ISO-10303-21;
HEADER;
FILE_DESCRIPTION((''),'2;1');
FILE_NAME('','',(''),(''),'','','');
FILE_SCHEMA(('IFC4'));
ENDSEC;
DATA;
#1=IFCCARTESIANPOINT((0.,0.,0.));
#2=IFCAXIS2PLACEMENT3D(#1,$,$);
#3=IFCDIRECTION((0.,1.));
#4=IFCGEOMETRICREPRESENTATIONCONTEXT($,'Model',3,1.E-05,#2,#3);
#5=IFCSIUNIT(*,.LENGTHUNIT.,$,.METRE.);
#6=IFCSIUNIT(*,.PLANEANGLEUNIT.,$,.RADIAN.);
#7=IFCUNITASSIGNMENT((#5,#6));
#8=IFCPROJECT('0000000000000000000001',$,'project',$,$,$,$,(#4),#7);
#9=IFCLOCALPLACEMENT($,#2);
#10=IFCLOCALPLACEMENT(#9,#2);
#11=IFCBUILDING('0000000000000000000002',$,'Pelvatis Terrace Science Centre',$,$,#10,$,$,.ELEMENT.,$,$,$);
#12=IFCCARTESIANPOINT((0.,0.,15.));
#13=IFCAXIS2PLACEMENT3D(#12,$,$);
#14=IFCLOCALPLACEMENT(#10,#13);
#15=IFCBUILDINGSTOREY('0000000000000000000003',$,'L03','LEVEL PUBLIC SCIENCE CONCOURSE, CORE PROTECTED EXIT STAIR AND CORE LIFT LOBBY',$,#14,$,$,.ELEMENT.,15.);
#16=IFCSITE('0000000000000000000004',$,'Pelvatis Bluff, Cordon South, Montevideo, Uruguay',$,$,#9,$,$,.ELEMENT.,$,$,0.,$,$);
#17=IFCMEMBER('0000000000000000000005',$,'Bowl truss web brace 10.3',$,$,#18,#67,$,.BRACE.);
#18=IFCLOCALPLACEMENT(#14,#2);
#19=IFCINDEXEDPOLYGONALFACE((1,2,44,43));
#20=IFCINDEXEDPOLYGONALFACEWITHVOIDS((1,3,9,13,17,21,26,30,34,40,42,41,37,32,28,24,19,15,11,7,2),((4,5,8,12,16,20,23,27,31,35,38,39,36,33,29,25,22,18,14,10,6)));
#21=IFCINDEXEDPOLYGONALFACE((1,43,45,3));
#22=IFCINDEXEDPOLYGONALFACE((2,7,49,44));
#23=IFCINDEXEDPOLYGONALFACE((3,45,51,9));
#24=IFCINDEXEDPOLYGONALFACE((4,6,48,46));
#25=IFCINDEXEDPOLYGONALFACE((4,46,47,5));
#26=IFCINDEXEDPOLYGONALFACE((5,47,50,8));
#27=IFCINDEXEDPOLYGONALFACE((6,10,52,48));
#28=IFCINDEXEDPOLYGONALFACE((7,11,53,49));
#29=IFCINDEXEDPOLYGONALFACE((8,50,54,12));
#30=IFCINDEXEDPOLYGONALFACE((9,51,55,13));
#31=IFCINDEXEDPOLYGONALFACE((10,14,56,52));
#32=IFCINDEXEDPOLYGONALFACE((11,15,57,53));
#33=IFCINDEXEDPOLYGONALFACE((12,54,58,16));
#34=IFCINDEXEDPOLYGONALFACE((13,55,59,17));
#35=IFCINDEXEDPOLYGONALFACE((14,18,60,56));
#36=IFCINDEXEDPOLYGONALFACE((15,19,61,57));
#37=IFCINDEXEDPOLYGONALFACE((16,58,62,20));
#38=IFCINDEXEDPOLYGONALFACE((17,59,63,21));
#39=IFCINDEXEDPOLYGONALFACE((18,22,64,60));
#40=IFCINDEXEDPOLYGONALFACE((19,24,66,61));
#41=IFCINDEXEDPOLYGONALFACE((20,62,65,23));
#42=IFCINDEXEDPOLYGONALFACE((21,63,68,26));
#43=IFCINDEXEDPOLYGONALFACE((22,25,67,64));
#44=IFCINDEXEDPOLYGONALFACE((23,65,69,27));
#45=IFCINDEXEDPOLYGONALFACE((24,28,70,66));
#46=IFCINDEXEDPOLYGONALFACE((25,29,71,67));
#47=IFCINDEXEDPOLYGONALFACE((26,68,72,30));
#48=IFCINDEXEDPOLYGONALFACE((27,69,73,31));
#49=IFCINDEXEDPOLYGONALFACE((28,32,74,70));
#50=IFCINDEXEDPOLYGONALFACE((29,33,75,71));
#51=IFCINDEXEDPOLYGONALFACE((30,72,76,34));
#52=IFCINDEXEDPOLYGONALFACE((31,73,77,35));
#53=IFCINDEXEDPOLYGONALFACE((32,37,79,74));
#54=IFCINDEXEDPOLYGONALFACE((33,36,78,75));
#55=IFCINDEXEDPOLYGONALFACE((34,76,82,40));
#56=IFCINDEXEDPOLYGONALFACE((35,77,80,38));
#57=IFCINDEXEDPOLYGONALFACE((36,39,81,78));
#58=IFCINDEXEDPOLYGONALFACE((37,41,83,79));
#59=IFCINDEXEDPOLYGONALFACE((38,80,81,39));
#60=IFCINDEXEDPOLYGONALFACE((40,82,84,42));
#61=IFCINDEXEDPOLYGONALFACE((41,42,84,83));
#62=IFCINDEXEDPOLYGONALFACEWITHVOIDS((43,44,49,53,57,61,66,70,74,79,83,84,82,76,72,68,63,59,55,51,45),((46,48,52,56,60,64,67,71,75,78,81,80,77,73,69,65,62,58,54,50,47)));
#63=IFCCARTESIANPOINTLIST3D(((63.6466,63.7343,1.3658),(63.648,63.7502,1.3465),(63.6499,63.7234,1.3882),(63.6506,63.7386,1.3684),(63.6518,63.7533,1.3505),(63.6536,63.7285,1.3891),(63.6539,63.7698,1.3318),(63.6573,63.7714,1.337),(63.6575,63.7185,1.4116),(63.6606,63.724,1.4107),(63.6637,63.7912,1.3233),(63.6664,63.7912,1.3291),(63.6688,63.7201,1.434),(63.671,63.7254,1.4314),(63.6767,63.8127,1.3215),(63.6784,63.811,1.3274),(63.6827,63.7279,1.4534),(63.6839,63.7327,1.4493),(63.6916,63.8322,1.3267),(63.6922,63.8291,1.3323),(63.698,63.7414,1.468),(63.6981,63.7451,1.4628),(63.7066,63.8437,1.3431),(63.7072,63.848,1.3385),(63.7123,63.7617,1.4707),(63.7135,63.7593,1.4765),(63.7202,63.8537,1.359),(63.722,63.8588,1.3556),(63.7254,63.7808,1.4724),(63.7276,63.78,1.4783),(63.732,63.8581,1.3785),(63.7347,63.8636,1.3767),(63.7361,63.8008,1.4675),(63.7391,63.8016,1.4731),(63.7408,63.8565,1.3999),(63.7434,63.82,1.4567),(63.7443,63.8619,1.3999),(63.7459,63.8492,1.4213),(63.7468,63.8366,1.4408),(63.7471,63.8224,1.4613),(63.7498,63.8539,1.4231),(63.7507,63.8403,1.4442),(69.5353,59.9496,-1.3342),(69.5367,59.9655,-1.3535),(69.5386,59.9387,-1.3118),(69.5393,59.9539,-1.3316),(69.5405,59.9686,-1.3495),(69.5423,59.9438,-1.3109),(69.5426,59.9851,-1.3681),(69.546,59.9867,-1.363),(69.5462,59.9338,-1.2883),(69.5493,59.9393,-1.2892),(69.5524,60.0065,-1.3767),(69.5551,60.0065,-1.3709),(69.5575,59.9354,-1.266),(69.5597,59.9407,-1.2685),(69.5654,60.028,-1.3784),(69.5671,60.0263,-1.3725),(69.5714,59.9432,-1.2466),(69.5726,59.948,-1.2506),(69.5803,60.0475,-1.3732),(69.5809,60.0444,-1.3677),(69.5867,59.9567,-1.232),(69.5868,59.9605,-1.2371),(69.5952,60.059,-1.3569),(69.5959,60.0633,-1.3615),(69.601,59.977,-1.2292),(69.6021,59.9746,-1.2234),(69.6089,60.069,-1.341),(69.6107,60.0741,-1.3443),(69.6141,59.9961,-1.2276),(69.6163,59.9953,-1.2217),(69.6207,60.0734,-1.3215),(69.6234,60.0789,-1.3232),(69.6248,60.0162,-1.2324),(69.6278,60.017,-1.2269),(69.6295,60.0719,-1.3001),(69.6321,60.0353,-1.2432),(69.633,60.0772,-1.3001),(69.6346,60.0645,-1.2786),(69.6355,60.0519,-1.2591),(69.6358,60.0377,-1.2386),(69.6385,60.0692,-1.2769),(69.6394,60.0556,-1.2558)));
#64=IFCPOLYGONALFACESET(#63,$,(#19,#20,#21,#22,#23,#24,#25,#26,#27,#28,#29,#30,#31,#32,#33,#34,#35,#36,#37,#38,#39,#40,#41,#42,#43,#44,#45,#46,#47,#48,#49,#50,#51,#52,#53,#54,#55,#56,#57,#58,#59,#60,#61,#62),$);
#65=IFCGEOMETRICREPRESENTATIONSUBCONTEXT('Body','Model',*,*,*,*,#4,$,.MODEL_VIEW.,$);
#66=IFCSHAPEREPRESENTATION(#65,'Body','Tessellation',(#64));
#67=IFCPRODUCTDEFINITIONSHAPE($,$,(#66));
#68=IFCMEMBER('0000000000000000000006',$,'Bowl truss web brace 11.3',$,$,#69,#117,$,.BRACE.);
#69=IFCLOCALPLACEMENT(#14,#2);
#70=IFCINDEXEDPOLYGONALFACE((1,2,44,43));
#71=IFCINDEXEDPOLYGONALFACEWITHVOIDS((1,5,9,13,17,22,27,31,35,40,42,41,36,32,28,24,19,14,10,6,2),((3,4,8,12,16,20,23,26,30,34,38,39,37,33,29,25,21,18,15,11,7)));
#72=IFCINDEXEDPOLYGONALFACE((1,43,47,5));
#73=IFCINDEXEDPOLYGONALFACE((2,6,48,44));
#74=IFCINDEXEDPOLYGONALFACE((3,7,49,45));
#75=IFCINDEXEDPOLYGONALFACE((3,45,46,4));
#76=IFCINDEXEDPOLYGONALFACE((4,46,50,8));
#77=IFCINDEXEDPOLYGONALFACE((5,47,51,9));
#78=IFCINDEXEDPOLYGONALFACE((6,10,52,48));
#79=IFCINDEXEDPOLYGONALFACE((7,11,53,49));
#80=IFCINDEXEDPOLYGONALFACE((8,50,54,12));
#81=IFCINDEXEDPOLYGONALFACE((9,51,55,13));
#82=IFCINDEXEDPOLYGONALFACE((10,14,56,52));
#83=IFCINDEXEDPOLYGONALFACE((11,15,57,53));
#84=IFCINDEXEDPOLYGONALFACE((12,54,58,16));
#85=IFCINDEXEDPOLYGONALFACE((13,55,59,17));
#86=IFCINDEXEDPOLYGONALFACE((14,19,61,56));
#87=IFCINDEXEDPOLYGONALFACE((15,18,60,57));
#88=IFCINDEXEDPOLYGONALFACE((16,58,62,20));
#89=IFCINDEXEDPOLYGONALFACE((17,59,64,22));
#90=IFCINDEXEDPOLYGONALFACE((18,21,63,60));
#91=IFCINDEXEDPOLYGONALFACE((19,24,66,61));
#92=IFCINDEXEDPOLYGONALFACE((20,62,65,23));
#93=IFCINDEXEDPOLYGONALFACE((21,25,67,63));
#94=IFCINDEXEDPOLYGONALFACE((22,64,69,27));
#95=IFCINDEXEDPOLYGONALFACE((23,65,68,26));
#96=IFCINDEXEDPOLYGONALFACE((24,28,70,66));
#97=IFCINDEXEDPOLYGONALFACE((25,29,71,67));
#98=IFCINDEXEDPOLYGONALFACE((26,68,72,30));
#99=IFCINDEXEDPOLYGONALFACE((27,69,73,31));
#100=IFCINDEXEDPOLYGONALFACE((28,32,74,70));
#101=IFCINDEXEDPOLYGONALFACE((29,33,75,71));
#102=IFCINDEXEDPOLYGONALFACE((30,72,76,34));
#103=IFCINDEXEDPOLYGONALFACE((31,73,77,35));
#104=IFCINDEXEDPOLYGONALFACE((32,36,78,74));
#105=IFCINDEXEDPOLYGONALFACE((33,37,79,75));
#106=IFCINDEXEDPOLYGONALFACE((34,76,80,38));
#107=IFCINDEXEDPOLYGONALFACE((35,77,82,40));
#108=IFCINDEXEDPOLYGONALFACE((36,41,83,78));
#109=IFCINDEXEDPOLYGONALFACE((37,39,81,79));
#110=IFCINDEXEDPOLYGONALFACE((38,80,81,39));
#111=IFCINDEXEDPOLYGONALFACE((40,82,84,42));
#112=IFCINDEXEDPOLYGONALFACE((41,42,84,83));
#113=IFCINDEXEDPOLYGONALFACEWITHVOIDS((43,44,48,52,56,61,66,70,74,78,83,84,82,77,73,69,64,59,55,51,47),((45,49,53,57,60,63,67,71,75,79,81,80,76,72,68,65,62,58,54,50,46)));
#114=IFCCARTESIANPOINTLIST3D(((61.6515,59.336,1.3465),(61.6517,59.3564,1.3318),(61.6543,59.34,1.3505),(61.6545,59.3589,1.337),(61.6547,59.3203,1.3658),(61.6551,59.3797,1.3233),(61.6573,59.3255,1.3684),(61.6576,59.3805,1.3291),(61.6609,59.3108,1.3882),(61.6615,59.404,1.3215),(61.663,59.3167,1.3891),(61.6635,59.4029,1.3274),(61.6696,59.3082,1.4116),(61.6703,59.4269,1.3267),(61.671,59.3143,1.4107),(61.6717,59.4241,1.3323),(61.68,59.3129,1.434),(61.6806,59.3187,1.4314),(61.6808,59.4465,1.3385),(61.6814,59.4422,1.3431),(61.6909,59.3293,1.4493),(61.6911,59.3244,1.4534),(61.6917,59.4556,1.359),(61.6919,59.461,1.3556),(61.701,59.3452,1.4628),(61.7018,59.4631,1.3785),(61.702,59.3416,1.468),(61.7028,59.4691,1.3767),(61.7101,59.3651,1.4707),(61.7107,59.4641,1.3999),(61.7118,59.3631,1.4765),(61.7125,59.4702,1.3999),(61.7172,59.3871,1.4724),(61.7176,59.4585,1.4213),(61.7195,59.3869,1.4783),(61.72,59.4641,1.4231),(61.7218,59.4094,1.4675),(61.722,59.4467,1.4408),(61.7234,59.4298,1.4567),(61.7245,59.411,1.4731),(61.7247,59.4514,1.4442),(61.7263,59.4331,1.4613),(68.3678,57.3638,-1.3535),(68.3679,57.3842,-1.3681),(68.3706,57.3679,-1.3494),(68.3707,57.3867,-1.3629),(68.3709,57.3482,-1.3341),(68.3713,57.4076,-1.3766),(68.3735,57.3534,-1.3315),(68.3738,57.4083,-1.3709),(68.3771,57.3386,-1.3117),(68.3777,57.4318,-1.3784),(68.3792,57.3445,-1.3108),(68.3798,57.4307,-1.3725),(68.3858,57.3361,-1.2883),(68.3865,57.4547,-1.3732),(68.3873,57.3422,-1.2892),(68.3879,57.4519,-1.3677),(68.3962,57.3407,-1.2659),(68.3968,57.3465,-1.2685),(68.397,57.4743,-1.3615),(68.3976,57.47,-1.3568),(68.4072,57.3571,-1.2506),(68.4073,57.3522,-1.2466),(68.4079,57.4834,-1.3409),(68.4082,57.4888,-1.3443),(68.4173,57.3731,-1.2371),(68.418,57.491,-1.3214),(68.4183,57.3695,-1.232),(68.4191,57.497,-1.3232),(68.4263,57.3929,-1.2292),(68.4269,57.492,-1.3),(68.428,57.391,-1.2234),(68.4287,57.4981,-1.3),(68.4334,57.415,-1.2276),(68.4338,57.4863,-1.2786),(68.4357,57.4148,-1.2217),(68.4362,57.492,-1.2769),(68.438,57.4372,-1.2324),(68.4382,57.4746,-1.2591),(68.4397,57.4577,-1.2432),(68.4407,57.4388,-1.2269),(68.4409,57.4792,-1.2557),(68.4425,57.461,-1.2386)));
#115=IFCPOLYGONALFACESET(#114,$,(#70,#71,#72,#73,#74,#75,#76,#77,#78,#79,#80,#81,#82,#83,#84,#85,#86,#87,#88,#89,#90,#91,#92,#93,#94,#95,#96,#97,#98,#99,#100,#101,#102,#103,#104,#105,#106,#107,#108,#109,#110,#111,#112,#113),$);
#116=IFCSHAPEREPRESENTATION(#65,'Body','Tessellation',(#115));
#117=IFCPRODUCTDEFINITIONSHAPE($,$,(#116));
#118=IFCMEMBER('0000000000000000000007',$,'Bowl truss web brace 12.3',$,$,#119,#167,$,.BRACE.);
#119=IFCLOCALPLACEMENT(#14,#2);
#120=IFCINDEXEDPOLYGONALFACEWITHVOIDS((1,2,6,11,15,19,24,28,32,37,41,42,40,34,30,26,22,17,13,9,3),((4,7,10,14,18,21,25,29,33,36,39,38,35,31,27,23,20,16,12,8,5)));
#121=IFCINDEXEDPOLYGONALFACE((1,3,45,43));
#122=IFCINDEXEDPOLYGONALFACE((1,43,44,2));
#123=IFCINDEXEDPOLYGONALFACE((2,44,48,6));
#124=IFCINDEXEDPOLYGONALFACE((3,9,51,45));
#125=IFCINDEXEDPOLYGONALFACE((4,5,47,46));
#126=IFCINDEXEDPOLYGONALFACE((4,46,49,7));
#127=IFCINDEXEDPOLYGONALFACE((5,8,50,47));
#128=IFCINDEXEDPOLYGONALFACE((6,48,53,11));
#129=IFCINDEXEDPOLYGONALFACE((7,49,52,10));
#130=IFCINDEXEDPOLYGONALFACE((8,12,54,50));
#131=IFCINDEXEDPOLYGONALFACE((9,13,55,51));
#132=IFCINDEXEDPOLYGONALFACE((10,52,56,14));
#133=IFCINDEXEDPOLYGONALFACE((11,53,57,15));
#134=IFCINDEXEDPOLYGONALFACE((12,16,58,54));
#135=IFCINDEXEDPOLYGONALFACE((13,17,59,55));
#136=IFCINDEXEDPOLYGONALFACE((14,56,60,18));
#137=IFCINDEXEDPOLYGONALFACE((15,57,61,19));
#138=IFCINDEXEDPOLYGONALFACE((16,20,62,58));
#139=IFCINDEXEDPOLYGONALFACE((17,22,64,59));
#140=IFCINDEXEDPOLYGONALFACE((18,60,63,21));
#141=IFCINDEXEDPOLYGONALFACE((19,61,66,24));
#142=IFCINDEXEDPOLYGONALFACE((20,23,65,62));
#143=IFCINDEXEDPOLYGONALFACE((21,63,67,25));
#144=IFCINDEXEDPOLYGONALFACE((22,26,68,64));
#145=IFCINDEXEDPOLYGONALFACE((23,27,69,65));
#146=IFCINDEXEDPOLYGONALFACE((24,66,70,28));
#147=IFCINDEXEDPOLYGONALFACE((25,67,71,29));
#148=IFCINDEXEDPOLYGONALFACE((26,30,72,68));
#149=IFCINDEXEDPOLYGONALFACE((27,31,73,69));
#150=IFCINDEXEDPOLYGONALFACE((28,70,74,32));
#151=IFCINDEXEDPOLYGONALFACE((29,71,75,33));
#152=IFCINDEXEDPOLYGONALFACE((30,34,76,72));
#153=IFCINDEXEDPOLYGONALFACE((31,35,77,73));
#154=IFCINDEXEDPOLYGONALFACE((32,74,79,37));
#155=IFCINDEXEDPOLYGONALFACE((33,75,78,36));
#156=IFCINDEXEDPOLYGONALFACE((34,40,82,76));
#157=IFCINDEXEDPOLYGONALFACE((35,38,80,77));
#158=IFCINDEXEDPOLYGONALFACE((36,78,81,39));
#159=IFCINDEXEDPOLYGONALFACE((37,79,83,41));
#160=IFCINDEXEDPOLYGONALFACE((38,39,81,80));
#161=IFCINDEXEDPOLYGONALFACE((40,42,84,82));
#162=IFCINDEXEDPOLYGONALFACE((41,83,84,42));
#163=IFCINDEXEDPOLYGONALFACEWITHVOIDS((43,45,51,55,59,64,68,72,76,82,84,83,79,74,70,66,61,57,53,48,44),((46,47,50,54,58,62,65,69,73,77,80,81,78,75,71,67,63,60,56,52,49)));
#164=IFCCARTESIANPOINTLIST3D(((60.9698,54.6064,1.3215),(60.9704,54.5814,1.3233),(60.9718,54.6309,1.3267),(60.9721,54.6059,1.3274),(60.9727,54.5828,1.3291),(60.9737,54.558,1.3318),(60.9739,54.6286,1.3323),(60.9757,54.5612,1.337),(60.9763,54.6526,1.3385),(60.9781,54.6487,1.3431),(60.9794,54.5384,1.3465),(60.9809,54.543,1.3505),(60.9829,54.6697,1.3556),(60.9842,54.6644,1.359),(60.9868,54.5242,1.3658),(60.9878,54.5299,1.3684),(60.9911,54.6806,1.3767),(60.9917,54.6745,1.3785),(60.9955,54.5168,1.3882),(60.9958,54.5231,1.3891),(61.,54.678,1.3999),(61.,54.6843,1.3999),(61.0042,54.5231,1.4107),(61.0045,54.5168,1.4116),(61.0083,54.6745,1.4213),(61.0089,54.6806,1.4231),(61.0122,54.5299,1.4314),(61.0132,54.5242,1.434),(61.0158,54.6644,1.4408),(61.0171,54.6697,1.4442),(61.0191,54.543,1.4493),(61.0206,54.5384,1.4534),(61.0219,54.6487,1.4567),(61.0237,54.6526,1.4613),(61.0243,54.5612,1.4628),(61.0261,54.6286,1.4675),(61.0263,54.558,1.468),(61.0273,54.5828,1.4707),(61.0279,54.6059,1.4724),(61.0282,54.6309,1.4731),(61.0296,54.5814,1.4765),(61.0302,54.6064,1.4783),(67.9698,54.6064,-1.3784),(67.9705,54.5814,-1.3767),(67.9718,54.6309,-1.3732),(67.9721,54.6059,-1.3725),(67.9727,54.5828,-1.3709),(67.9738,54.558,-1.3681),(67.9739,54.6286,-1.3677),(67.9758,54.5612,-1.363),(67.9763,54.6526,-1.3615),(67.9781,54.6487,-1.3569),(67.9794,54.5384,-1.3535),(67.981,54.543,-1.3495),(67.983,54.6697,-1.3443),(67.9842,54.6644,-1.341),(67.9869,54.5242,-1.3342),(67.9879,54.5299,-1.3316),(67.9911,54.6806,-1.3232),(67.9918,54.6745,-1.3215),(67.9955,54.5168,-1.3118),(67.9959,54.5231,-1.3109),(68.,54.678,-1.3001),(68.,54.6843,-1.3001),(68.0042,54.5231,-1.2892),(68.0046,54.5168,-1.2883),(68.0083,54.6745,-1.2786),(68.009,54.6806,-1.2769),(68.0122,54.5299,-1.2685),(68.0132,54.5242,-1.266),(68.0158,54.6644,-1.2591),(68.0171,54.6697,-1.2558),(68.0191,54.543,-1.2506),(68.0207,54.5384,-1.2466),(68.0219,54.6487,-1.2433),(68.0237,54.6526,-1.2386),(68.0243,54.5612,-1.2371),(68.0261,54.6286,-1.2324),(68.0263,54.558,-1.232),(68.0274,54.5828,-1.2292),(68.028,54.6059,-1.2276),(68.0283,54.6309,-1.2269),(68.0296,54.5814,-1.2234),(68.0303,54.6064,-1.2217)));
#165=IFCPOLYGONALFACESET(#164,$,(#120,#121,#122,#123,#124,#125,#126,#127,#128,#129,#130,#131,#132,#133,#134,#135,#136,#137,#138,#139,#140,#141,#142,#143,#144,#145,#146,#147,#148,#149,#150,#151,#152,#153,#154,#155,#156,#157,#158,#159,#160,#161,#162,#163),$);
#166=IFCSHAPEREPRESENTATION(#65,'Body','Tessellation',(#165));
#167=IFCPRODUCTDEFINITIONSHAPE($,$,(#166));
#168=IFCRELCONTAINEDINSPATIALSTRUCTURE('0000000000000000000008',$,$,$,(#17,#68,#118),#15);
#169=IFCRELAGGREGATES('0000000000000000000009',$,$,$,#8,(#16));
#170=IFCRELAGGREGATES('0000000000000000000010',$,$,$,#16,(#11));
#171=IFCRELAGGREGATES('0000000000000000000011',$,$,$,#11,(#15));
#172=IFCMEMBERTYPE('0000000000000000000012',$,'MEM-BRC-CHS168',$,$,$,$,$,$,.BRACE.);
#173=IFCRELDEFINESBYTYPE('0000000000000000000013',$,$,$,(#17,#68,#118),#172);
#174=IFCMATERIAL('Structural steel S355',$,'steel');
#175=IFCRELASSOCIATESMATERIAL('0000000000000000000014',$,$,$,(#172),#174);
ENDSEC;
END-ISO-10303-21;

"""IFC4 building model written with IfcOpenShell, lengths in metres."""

from ifc_helpers import new_model, si_unit, direction, frame, origin, origin_2d, place, context, subcontext, project, spatial, hollow_circle, extrude, material, material_profile, profile_set, type_object, element, save


model = new_model("IFC4")

# Units and contexts
model_context = context("Model", 3, precision=1e-05, world=origin(), true_north=direction((0.0, 1.0)))
body_context = subcontext(model_context, "Body", "Model", "MODEL_VIEW")
ifc_project = project(units=[si_unit("LENGTHUNIT", "METRE"), si_unit("PLANEANGLEUNIT", "RADIAN")], contexts=[model_context])

# Site, building, storey
site_placement = place(None, origin())
site = spatial("IfcSite", under=ifc_project, at=site_placement, Name="Pelvatis Bluff, Cordon South, Montevideo, Uruguay", CompositionType="ELEMENT", RefElevation=0.0)
building_placement = place(site_placement, origin())
building = spatial("IfcBuilding", under=site, at=building_placement, Name="Pelvatis Terrace Science Centre", CompositionType="ELEMENT")
storey_placement = place(building_placement, frame((0.0, 0.0, 15.0)))
storey = spatial("IfcBuildingStorey", under=building, at=storey_placement, Name="L03", Description="LEVEL PUBLIC SCIENCE CONCOURSE, CORE PROTECTED EXIT STAIR AND CORE LIFT LOBBY", CompositionType="ELEMENT", Elevation=15.0)

# Members
ifc_material_1 = material(Name="Structural steel S355", Category="steel")
ifc_material_profile_1 = material_profile(ifc_material_1, hollow_circle(Radius=0.0842, WallThickness=0.0063, at=origin_2d()), Name="CHS 168.3x6.3")
ifc_profile_set_1 = profile_set([ifc_material_profile_1], Name="Structural steel S355")
member_type_1 = type_object("IfcMemberType", Name="MEM-BRC-CHS168", PredefinedType="BRACE", material=ifc_profile_set_1)
member_1_placement = place(storey_placement, frame((63.6987, 63.791, 1.3999), z_axis=(0.784878, -0.504443, -0.359866), x_axis=(0.540666, 0.841237, 0.0)))
element("IfcMember", 1, at=member_1_placement, inside=storey, type_object=member_type_1, Name="Bowl truss web brace 10.3", PredefinedType="BRACE", context=body_context, shape_type="SweptSolid", body=[
    extrude(hollow_circle(Radius=0.0842, WallThickness=0.0063, at=origin_2d()), origin(), (0.0, 0.0, 1.0), 7.5027),
])
member_2_placement = place(storey_placement, frame((61.6887, 59.3894, 1.3999), z_axis=(0.895206, -0.262867, -0.359872), x_axis=(0.281743, 0.95949, 0.0)))
element("IfcMember", 2, at=member_2_placement, inside=storey, type_object=member_type_1, Name="Bowl truss web brace 11.3", PredefinedType="BRACE", context=body_context, shape_type="SweptSolid", body=[
    extrude(hollow_circle(Radius=0.0842, WallThickness=0.0063, at=origin_2d()), origin(), (0.0, 0.0, 1.0), 7.5024),
])
member_3_placement = place(storey_placement, frame((61.0, 54.6001, 1.3999), z_axis=(0.933004, 0.0, -0.359866), x_axis=(0.0, 1.0, 0.0)))
element("IfcMember", 3, at=member_3_placement, inside=storey, type_object=member_type_1, Name="Bowl truss web brace 12.3", PredefinedType="BRACE", context=body_context, shape_type="SweptSolid", body=[
    extrude(hollow_circle(Radius=0.0842, WallThickness=0.0063, at=origin_2d()), origin(), (0.0, 0.0, 1.0), 7.5027),
])

save(model, "model.ifc")
